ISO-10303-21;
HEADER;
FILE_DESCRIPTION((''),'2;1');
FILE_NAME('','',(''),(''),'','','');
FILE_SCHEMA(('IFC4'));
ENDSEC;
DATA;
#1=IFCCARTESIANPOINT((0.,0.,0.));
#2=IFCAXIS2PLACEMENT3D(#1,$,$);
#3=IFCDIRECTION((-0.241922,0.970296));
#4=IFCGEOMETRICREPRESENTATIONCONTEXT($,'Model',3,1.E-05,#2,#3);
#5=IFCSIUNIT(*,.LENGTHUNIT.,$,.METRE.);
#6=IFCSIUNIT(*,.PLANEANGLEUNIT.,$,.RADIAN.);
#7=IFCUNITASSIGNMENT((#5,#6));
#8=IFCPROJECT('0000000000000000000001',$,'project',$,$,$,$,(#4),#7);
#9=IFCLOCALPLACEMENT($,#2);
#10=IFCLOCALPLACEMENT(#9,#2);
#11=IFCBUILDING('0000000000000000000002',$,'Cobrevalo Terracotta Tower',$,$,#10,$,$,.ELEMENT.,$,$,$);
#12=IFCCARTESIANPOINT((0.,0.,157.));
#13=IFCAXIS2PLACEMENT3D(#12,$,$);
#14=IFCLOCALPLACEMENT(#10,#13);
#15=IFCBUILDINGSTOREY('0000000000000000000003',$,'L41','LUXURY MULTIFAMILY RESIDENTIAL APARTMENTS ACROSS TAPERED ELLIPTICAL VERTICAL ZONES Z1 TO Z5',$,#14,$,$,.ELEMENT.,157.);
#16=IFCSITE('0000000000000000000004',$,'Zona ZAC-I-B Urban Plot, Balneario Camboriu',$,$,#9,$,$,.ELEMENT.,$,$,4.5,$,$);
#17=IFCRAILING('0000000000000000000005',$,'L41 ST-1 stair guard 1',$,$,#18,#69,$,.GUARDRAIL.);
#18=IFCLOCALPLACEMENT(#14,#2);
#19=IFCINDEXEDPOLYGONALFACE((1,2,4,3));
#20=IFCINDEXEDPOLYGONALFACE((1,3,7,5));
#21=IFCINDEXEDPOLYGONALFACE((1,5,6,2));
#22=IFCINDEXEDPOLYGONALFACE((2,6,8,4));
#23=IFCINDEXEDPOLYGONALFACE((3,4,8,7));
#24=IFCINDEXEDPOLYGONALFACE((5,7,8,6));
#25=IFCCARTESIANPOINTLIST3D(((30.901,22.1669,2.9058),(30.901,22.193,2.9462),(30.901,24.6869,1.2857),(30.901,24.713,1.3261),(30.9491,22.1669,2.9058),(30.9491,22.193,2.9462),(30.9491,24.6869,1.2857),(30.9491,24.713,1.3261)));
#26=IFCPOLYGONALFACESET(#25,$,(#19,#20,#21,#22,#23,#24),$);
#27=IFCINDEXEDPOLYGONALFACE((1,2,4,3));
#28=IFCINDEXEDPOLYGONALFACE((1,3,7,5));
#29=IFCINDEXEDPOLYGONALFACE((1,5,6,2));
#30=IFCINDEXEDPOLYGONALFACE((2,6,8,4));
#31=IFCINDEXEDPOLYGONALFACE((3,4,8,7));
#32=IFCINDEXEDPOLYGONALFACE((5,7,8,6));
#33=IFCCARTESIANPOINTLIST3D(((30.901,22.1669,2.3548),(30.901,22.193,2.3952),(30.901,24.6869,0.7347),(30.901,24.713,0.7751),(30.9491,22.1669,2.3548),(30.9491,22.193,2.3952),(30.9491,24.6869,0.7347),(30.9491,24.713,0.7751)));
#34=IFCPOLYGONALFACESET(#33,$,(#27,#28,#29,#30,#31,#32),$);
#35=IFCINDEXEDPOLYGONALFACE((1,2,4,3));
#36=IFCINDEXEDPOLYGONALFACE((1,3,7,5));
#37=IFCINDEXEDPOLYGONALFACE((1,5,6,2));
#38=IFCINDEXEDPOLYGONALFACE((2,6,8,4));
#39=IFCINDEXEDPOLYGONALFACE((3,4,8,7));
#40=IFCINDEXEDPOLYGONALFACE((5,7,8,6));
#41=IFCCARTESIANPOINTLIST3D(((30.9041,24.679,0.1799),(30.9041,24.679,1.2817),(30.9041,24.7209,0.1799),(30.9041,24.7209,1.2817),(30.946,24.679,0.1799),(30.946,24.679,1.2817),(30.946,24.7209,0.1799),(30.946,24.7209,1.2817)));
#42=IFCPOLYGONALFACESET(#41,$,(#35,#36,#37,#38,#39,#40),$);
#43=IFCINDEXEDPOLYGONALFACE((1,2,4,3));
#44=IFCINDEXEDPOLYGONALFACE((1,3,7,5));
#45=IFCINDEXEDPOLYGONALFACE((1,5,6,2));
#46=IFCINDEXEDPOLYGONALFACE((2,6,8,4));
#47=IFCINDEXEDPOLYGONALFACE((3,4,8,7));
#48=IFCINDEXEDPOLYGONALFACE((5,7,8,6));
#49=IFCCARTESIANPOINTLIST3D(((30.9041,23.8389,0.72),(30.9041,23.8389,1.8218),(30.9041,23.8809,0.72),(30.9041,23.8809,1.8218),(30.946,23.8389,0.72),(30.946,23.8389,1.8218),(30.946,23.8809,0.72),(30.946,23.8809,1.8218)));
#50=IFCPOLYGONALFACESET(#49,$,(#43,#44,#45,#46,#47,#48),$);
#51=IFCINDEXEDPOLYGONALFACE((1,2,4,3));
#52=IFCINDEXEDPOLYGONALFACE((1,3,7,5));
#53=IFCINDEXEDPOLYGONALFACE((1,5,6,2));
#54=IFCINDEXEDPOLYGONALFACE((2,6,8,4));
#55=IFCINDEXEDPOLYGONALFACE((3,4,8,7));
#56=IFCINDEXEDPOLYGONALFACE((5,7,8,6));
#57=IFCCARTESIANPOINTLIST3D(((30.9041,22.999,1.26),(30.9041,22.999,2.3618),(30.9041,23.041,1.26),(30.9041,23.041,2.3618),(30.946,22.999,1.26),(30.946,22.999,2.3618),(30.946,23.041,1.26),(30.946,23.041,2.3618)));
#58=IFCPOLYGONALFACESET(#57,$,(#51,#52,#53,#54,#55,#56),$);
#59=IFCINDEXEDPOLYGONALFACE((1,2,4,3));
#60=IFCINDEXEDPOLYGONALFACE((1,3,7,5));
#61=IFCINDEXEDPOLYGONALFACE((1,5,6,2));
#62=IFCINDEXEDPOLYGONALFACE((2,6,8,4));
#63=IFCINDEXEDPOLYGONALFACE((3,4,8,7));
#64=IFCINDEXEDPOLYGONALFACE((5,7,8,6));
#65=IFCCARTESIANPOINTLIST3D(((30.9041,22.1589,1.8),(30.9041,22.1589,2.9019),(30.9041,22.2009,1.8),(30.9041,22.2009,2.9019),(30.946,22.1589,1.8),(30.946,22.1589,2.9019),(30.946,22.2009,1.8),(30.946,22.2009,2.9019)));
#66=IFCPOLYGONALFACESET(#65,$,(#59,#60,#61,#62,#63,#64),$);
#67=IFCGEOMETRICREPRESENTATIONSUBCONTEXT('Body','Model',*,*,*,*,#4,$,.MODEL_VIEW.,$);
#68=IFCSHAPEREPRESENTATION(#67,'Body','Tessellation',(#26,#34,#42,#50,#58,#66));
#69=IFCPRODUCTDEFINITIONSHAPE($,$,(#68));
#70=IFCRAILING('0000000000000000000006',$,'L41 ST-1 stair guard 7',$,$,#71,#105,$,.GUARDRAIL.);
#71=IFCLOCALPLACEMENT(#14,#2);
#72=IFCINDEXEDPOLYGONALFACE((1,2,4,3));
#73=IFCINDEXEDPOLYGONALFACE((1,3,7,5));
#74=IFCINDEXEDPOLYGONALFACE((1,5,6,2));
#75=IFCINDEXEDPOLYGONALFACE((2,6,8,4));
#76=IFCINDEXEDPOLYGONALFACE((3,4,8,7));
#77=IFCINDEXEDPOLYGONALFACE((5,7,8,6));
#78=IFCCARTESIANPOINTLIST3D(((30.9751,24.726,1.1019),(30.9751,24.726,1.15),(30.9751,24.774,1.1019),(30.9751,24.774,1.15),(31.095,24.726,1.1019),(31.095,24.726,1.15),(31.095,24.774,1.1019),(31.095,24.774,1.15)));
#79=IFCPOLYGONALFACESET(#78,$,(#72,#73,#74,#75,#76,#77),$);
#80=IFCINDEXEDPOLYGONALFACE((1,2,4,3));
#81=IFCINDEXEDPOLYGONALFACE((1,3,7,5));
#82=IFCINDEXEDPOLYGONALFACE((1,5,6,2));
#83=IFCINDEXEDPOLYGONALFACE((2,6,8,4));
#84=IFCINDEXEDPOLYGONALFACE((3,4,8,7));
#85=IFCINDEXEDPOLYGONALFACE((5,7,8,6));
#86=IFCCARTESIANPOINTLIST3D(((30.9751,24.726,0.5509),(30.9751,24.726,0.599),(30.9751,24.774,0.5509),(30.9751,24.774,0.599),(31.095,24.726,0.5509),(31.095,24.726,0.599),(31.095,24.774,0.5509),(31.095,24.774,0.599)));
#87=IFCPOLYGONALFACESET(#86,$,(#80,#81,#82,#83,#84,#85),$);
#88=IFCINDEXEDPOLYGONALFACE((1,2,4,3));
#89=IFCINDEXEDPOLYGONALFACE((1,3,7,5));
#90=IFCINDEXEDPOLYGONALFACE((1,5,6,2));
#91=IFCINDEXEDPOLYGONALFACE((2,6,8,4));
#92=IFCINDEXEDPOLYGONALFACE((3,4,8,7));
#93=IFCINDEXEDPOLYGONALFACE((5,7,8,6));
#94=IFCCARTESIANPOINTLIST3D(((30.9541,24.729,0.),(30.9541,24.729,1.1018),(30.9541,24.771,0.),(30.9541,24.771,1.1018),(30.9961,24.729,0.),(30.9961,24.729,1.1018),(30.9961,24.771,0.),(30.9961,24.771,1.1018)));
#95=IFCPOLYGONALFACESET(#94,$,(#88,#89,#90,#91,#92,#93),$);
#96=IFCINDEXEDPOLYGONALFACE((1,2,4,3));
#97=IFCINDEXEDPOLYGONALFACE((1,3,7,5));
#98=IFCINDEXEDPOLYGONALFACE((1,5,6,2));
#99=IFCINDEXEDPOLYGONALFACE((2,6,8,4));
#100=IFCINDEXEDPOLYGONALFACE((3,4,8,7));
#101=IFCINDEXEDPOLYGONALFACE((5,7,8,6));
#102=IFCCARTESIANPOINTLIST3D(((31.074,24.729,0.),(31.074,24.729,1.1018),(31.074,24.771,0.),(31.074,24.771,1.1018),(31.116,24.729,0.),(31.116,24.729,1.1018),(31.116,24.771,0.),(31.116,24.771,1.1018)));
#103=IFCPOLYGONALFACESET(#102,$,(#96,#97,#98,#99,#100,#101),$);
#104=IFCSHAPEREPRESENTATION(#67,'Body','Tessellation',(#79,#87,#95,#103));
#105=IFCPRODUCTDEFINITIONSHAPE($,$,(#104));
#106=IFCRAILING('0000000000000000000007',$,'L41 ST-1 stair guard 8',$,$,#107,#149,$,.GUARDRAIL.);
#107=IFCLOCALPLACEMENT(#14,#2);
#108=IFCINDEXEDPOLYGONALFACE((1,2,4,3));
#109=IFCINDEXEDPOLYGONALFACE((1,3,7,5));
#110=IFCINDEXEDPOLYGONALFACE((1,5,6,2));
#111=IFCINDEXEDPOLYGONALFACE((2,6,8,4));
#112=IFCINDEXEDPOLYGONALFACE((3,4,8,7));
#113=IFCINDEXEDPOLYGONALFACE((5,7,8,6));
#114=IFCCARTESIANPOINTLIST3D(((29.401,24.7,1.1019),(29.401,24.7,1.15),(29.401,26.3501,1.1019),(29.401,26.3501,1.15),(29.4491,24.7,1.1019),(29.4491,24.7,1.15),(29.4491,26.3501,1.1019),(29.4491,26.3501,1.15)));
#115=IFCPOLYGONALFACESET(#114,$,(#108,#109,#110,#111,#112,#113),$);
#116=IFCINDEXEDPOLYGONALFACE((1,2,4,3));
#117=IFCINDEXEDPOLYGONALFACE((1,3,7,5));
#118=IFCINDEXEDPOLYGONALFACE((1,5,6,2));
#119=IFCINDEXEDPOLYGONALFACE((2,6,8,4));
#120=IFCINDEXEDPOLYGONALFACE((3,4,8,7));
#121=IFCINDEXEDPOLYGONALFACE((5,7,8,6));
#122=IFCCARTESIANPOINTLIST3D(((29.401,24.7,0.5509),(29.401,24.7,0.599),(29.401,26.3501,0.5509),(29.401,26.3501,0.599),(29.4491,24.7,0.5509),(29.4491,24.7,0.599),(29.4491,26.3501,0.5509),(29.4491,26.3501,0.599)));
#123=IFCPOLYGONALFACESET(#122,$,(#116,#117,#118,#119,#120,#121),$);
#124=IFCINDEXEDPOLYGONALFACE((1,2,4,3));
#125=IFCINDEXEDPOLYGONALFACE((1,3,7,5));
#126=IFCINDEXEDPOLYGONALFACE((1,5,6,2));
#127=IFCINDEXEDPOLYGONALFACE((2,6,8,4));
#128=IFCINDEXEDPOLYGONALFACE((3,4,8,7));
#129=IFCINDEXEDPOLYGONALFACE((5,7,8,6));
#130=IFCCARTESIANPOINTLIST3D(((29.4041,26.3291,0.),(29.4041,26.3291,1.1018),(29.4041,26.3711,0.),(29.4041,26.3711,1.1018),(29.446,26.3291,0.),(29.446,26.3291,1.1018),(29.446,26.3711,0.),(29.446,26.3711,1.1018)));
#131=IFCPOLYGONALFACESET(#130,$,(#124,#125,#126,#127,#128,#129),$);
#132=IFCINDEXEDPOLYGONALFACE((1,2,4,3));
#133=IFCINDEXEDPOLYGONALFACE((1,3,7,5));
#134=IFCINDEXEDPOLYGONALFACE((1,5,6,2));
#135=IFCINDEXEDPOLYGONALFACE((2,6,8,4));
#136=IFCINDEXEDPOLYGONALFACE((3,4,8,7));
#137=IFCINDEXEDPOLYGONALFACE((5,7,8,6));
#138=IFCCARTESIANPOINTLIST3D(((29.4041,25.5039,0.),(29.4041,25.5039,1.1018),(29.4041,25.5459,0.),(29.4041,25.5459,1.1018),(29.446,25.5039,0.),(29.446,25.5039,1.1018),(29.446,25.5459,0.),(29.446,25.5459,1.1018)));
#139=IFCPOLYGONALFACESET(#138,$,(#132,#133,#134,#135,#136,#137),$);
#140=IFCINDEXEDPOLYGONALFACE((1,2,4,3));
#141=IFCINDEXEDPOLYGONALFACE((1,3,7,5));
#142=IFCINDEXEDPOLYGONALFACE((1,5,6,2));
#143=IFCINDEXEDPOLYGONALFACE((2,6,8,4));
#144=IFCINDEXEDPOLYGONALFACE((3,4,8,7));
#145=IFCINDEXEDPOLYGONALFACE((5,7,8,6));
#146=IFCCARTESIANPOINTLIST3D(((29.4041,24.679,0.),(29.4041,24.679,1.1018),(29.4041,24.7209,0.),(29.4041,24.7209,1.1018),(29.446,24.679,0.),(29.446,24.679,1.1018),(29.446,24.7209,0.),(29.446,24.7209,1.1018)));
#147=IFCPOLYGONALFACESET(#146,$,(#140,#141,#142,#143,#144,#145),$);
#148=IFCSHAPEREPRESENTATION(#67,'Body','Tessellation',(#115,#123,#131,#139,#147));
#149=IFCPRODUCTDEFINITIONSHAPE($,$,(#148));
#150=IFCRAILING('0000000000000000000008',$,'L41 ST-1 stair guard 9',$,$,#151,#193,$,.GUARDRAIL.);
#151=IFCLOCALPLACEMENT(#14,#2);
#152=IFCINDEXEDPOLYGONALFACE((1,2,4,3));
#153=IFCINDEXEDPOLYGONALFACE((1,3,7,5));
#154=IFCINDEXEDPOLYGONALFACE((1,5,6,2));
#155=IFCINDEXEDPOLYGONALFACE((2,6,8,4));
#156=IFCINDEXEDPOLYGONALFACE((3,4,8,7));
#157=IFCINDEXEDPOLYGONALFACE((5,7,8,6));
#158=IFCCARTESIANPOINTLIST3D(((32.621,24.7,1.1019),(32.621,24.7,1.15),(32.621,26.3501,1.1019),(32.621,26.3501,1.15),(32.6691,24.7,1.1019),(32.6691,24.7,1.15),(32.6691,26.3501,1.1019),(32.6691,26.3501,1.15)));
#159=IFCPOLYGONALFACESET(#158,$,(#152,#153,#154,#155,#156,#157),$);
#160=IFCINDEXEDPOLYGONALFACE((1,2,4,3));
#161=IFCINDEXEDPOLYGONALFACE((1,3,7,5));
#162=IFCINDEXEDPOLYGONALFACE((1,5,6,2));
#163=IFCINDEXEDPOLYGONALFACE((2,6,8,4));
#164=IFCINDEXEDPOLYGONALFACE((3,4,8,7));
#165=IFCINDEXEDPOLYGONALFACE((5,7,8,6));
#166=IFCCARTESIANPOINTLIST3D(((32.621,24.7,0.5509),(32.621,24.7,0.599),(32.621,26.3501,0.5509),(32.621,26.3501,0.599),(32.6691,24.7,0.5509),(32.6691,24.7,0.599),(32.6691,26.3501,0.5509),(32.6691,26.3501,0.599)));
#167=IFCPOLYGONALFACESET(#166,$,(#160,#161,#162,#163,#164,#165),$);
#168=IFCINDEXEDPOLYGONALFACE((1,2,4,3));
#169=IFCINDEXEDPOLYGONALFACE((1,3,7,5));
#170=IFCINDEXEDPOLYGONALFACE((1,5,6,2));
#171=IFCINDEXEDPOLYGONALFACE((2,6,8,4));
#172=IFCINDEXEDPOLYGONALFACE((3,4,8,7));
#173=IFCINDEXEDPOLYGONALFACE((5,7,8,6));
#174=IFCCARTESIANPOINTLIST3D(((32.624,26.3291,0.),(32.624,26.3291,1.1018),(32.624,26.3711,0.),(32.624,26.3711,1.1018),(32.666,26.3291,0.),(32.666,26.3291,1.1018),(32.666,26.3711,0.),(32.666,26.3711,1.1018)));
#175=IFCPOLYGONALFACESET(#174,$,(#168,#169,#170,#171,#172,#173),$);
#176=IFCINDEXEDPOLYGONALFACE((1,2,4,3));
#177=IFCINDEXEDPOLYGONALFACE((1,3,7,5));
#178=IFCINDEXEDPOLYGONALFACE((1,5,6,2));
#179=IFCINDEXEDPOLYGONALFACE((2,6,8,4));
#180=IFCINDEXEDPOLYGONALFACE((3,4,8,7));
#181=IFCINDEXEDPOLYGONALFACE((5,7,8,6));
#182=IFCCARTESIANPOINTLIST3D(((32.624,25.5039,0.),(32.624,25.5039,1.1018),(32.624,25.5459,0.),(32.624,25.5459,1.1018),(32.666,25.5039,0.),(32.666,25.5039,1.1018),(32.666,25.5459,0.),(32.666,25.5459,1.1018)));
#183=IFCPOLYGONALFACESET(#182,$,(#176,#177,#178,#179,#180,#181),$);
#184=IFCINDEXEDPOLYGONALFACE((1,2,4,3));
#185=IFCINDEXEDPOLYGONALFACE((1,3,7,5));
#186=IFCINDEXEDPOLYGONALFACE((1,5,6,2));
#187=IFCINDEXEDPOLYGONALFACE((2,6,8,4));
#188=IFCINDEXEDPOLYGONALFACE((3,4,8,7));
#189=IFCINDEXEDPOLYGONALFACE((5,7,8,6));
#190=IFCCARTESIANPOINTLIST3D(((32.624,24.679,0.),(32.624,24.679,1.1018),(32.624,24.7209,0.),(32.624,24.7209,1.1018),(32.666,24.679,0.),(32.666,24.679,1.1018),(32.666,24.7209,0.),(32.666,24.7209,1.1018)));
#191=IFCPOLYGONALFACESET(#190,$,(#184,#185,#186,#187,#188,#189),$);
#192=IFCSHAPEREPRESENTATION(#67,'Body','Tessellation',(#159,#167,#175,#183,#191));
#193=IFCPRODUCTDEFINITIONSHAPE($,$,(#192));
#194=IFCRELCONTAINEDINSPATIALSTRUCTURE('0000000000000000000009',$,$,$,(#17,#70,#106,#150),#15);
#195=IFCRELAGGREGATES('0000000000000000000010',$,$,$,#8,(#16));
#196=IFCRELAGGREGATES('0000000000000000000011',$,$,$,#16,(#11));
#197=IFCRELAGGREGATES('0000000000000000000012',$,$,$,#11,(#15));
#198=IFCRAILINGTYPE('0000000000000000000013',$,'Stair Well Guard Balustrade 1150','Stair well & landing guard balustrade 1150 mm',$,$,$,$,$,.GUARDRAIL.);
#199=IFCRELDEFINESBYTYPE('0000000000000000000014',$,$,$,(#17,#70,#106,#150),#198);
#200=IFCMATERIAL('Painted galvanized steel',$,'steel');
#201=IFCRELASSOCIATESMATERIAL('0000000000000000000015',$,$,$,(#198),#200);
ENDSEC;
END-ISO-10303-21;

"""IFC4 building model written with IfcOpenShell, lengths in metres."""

from ifc_helpers import new_model, si_unit, direction, frame, origin, origin_2d, place, context, subcontext, project, spatial, rectangle, extrude, material, type_object, element, save


model = new_model("IFC4")

# Units and contexts
model_context = context("Model", 3, precision=1e-05, world=origin(), true_north=direction((-0.241922, 0.970296)))
body_context = subcontext(model_context, "Body", "Model", "MODEL_VIEW")
ifc_project = project(units=[si_unit("LENGTHUNIT", "METRE"), si_unit("PLANEANGLEUNIT", "RADIAN")], contexts=[model_context])

# Site, building, storey
site_placement = place(None, origin())
site = spatial("IfcSite", under=ifc_project, at=site_placement, Name="Zona ZAC-I-B Urban Plot, Balneario Camboriu", CompositionType="ELEMENT", RefElevation=4.5)
building_placement = place(site_placement, origin())
building = spatial("IfcBuilding", under=site, at=building_placement, Name="Cobrevalo Terracotta Tower", CompositionType="ELEMENT")
storey_placement = place(building_placement, frame((0.0, 0.0, 157.0)))
storey = spatial("IfcBuildingStorey", under=building, at=storey_placement, Name="L41", Description="LUXURY MULTIFAMILY RESIDENTIAL APARTMENTS ACROSS TAPERED ELLIPTICAL VERTICAL ZONES Z1 TO Z5", CompositionType="ELEMENT", Elevation=157.0)

# Railings
ifc_material_1 = material(Name="Painted galvanized steel", Category="steel")
railing_type_1 = type_object("IfcRailingType", Name="Stair Well Guard Balustrade 1150", Description="Stair well & landing guard balustrade 1150 mm", PredefinedType="GUARDRAIL", material=ifc_material_1)
railing_1_placement = place(storey_placement, frame((30.925, 24.7, 0.1799)))
element("IfcRailing", 1, at=railing_1_placement, inside=storey, type_object=railing_type_1, Name="L41 ST-1 stair guard 1", PredefinedType="GUARDRAIL", context=body_context, shape_type="SweptSolid", body=[
    extrude(rectangle(XDim=0.0481, YDim=0.0481, at=origin_2d()), frame((0.0, 0.0, 1.126), z_axis=(0.0, -0.841163, 0.540782), x_axis=(1.0, 0.0, 0.0)), (0.0, 0.0, 1.0), 2.9958),
    extrude(rectangle(XDim=0.0481, YDim=0.0481, at=origin_2d()), frame((0.0, 0.0, 0.575), z_axis=(0.0, -0.841163, 0.540782), x_axis=(1.0, 0.0, 0.0)), (0.0, 0.0, 1.0), 2.9958),
    extrude(rectangle(XDim=0.042, YDim=0.042, at=origin_2d()), origin(), (0.0, 0.0, 1.0), 1.1018),
    extrude(rectangle(XDim=0.042, YDim=0.042, at=origin_2d()), frame((0.0, -0.8401, 0.54)), (0.0, 0.0, 1.0), 1.1018),
    extrude(rectangle(XDim=0.042, YDim=0.042, at=origin_2d()), frame((0.0, -1.6799, 1.0801)), (0.0, 0.0, 1.0), 1.1018),
    extrude(rectangle(XDim=0.042, YDim=0.042, at=origin_2d()), frame((0.0, -2.52, 1.6201)), (0.0, 0.0, 1.0), 1.1018),
])
railing_2_placement = place(storey_placement, frame((30.9751, 24.75, 0.0)))
element("IfcRailing", 2, at=railing_2_placement, inside=storey, type_object=railing_type_1, Name="L41 ST-1 stair guard 7", PredefinedType="GUARDRAIL", context=body_context, shape_type="SweptSolid", body=[
    extrude(rectangle(XDim=0.0481, YDim=0.0481, at=origin_2d()), frame((0.0, 0.0, 1.126), z_axis=(1.0, 0.0, 0.0), x_axis=(0.0, 1.0, 0.0)), (0.0, 0.0, 1.0), 0.1199),
    extrude(rectangle(XDim=0.0481, YDim=0.0481, at=origin_2d()), frame((0.0, 0.0, 0.575), z_axis=(1.0, 0.0, 0.0), x_axis=(0.0, 1.0, 0.0)), (0.0, 0.0, 1.0), 0.1199),
    extrude(rectangle(XDim=0.042, YDim=0.042, at=origin_2d()), origin(), (0.0, 0.0, 1.0), 1.1018),
    extrude(rectangle(XDim=0.042, YDim=0.042, at=origin_2d()), frame((0.1199, 0.0, 0.0)), (0.0, 0.0, 1.0), 1.1018),
])
for number, where, name in (
    (3, (29.425, 26.3501, 0.0), "L41 ST-1 stair guard 8"),
    (4, (32.645, 26.3501, 0.0), "L41 ST-1 stair guard 9"),
):
    element("IfcRailing", number, at=place(storey_placement, frame(where)), inside=storey, type_object=railing_type_1, Name=name, PredefinedType="GUARDRAIL", context=body_context, shape_type="SweptSolid", body=[
        extrude(rectangle(XDim=0.0481, YDim=0.0481, at=origin_2d()), frame((0.0, 0.0, 1.126), z_axis=(0.0, -1.0, 0.0), x_axis=(1.0, 0.0, 0.0)), (0.0, 0.0, 1.0), 1.6501),
        extrude(rectangle(XDim=0.0481, YDim=0.0481, at=origin_2d()), frame((0.0, 0.0, 0.575), z_axis=(0.0, -1.0, 0.0), x_axis=(1.0, 0.0, 0.0)), (0.0, 0.0, 1.0), 1.6501),
        extrude(rectangle(XDim=0.042, YDim=0.042, at=origin_2d()), origin(), (0.0, 0.0, 1.0), 1.1018),
        extrude(rectangle(XDim=0.042, YDim=0.042, at=origin_2d()), frame((0.0, -0.8252, 0.0)), (0.0, 0.0, 1.0), 1.1018),
        extrude(rectangle(XDim=0.042, YDim=0.042, at=origin_2d()), frame((0.0, -1.6501, 0.0)), (0.0, 0.0, 1.0), 1.1018),
    ])

save(model, "model.ifc")
